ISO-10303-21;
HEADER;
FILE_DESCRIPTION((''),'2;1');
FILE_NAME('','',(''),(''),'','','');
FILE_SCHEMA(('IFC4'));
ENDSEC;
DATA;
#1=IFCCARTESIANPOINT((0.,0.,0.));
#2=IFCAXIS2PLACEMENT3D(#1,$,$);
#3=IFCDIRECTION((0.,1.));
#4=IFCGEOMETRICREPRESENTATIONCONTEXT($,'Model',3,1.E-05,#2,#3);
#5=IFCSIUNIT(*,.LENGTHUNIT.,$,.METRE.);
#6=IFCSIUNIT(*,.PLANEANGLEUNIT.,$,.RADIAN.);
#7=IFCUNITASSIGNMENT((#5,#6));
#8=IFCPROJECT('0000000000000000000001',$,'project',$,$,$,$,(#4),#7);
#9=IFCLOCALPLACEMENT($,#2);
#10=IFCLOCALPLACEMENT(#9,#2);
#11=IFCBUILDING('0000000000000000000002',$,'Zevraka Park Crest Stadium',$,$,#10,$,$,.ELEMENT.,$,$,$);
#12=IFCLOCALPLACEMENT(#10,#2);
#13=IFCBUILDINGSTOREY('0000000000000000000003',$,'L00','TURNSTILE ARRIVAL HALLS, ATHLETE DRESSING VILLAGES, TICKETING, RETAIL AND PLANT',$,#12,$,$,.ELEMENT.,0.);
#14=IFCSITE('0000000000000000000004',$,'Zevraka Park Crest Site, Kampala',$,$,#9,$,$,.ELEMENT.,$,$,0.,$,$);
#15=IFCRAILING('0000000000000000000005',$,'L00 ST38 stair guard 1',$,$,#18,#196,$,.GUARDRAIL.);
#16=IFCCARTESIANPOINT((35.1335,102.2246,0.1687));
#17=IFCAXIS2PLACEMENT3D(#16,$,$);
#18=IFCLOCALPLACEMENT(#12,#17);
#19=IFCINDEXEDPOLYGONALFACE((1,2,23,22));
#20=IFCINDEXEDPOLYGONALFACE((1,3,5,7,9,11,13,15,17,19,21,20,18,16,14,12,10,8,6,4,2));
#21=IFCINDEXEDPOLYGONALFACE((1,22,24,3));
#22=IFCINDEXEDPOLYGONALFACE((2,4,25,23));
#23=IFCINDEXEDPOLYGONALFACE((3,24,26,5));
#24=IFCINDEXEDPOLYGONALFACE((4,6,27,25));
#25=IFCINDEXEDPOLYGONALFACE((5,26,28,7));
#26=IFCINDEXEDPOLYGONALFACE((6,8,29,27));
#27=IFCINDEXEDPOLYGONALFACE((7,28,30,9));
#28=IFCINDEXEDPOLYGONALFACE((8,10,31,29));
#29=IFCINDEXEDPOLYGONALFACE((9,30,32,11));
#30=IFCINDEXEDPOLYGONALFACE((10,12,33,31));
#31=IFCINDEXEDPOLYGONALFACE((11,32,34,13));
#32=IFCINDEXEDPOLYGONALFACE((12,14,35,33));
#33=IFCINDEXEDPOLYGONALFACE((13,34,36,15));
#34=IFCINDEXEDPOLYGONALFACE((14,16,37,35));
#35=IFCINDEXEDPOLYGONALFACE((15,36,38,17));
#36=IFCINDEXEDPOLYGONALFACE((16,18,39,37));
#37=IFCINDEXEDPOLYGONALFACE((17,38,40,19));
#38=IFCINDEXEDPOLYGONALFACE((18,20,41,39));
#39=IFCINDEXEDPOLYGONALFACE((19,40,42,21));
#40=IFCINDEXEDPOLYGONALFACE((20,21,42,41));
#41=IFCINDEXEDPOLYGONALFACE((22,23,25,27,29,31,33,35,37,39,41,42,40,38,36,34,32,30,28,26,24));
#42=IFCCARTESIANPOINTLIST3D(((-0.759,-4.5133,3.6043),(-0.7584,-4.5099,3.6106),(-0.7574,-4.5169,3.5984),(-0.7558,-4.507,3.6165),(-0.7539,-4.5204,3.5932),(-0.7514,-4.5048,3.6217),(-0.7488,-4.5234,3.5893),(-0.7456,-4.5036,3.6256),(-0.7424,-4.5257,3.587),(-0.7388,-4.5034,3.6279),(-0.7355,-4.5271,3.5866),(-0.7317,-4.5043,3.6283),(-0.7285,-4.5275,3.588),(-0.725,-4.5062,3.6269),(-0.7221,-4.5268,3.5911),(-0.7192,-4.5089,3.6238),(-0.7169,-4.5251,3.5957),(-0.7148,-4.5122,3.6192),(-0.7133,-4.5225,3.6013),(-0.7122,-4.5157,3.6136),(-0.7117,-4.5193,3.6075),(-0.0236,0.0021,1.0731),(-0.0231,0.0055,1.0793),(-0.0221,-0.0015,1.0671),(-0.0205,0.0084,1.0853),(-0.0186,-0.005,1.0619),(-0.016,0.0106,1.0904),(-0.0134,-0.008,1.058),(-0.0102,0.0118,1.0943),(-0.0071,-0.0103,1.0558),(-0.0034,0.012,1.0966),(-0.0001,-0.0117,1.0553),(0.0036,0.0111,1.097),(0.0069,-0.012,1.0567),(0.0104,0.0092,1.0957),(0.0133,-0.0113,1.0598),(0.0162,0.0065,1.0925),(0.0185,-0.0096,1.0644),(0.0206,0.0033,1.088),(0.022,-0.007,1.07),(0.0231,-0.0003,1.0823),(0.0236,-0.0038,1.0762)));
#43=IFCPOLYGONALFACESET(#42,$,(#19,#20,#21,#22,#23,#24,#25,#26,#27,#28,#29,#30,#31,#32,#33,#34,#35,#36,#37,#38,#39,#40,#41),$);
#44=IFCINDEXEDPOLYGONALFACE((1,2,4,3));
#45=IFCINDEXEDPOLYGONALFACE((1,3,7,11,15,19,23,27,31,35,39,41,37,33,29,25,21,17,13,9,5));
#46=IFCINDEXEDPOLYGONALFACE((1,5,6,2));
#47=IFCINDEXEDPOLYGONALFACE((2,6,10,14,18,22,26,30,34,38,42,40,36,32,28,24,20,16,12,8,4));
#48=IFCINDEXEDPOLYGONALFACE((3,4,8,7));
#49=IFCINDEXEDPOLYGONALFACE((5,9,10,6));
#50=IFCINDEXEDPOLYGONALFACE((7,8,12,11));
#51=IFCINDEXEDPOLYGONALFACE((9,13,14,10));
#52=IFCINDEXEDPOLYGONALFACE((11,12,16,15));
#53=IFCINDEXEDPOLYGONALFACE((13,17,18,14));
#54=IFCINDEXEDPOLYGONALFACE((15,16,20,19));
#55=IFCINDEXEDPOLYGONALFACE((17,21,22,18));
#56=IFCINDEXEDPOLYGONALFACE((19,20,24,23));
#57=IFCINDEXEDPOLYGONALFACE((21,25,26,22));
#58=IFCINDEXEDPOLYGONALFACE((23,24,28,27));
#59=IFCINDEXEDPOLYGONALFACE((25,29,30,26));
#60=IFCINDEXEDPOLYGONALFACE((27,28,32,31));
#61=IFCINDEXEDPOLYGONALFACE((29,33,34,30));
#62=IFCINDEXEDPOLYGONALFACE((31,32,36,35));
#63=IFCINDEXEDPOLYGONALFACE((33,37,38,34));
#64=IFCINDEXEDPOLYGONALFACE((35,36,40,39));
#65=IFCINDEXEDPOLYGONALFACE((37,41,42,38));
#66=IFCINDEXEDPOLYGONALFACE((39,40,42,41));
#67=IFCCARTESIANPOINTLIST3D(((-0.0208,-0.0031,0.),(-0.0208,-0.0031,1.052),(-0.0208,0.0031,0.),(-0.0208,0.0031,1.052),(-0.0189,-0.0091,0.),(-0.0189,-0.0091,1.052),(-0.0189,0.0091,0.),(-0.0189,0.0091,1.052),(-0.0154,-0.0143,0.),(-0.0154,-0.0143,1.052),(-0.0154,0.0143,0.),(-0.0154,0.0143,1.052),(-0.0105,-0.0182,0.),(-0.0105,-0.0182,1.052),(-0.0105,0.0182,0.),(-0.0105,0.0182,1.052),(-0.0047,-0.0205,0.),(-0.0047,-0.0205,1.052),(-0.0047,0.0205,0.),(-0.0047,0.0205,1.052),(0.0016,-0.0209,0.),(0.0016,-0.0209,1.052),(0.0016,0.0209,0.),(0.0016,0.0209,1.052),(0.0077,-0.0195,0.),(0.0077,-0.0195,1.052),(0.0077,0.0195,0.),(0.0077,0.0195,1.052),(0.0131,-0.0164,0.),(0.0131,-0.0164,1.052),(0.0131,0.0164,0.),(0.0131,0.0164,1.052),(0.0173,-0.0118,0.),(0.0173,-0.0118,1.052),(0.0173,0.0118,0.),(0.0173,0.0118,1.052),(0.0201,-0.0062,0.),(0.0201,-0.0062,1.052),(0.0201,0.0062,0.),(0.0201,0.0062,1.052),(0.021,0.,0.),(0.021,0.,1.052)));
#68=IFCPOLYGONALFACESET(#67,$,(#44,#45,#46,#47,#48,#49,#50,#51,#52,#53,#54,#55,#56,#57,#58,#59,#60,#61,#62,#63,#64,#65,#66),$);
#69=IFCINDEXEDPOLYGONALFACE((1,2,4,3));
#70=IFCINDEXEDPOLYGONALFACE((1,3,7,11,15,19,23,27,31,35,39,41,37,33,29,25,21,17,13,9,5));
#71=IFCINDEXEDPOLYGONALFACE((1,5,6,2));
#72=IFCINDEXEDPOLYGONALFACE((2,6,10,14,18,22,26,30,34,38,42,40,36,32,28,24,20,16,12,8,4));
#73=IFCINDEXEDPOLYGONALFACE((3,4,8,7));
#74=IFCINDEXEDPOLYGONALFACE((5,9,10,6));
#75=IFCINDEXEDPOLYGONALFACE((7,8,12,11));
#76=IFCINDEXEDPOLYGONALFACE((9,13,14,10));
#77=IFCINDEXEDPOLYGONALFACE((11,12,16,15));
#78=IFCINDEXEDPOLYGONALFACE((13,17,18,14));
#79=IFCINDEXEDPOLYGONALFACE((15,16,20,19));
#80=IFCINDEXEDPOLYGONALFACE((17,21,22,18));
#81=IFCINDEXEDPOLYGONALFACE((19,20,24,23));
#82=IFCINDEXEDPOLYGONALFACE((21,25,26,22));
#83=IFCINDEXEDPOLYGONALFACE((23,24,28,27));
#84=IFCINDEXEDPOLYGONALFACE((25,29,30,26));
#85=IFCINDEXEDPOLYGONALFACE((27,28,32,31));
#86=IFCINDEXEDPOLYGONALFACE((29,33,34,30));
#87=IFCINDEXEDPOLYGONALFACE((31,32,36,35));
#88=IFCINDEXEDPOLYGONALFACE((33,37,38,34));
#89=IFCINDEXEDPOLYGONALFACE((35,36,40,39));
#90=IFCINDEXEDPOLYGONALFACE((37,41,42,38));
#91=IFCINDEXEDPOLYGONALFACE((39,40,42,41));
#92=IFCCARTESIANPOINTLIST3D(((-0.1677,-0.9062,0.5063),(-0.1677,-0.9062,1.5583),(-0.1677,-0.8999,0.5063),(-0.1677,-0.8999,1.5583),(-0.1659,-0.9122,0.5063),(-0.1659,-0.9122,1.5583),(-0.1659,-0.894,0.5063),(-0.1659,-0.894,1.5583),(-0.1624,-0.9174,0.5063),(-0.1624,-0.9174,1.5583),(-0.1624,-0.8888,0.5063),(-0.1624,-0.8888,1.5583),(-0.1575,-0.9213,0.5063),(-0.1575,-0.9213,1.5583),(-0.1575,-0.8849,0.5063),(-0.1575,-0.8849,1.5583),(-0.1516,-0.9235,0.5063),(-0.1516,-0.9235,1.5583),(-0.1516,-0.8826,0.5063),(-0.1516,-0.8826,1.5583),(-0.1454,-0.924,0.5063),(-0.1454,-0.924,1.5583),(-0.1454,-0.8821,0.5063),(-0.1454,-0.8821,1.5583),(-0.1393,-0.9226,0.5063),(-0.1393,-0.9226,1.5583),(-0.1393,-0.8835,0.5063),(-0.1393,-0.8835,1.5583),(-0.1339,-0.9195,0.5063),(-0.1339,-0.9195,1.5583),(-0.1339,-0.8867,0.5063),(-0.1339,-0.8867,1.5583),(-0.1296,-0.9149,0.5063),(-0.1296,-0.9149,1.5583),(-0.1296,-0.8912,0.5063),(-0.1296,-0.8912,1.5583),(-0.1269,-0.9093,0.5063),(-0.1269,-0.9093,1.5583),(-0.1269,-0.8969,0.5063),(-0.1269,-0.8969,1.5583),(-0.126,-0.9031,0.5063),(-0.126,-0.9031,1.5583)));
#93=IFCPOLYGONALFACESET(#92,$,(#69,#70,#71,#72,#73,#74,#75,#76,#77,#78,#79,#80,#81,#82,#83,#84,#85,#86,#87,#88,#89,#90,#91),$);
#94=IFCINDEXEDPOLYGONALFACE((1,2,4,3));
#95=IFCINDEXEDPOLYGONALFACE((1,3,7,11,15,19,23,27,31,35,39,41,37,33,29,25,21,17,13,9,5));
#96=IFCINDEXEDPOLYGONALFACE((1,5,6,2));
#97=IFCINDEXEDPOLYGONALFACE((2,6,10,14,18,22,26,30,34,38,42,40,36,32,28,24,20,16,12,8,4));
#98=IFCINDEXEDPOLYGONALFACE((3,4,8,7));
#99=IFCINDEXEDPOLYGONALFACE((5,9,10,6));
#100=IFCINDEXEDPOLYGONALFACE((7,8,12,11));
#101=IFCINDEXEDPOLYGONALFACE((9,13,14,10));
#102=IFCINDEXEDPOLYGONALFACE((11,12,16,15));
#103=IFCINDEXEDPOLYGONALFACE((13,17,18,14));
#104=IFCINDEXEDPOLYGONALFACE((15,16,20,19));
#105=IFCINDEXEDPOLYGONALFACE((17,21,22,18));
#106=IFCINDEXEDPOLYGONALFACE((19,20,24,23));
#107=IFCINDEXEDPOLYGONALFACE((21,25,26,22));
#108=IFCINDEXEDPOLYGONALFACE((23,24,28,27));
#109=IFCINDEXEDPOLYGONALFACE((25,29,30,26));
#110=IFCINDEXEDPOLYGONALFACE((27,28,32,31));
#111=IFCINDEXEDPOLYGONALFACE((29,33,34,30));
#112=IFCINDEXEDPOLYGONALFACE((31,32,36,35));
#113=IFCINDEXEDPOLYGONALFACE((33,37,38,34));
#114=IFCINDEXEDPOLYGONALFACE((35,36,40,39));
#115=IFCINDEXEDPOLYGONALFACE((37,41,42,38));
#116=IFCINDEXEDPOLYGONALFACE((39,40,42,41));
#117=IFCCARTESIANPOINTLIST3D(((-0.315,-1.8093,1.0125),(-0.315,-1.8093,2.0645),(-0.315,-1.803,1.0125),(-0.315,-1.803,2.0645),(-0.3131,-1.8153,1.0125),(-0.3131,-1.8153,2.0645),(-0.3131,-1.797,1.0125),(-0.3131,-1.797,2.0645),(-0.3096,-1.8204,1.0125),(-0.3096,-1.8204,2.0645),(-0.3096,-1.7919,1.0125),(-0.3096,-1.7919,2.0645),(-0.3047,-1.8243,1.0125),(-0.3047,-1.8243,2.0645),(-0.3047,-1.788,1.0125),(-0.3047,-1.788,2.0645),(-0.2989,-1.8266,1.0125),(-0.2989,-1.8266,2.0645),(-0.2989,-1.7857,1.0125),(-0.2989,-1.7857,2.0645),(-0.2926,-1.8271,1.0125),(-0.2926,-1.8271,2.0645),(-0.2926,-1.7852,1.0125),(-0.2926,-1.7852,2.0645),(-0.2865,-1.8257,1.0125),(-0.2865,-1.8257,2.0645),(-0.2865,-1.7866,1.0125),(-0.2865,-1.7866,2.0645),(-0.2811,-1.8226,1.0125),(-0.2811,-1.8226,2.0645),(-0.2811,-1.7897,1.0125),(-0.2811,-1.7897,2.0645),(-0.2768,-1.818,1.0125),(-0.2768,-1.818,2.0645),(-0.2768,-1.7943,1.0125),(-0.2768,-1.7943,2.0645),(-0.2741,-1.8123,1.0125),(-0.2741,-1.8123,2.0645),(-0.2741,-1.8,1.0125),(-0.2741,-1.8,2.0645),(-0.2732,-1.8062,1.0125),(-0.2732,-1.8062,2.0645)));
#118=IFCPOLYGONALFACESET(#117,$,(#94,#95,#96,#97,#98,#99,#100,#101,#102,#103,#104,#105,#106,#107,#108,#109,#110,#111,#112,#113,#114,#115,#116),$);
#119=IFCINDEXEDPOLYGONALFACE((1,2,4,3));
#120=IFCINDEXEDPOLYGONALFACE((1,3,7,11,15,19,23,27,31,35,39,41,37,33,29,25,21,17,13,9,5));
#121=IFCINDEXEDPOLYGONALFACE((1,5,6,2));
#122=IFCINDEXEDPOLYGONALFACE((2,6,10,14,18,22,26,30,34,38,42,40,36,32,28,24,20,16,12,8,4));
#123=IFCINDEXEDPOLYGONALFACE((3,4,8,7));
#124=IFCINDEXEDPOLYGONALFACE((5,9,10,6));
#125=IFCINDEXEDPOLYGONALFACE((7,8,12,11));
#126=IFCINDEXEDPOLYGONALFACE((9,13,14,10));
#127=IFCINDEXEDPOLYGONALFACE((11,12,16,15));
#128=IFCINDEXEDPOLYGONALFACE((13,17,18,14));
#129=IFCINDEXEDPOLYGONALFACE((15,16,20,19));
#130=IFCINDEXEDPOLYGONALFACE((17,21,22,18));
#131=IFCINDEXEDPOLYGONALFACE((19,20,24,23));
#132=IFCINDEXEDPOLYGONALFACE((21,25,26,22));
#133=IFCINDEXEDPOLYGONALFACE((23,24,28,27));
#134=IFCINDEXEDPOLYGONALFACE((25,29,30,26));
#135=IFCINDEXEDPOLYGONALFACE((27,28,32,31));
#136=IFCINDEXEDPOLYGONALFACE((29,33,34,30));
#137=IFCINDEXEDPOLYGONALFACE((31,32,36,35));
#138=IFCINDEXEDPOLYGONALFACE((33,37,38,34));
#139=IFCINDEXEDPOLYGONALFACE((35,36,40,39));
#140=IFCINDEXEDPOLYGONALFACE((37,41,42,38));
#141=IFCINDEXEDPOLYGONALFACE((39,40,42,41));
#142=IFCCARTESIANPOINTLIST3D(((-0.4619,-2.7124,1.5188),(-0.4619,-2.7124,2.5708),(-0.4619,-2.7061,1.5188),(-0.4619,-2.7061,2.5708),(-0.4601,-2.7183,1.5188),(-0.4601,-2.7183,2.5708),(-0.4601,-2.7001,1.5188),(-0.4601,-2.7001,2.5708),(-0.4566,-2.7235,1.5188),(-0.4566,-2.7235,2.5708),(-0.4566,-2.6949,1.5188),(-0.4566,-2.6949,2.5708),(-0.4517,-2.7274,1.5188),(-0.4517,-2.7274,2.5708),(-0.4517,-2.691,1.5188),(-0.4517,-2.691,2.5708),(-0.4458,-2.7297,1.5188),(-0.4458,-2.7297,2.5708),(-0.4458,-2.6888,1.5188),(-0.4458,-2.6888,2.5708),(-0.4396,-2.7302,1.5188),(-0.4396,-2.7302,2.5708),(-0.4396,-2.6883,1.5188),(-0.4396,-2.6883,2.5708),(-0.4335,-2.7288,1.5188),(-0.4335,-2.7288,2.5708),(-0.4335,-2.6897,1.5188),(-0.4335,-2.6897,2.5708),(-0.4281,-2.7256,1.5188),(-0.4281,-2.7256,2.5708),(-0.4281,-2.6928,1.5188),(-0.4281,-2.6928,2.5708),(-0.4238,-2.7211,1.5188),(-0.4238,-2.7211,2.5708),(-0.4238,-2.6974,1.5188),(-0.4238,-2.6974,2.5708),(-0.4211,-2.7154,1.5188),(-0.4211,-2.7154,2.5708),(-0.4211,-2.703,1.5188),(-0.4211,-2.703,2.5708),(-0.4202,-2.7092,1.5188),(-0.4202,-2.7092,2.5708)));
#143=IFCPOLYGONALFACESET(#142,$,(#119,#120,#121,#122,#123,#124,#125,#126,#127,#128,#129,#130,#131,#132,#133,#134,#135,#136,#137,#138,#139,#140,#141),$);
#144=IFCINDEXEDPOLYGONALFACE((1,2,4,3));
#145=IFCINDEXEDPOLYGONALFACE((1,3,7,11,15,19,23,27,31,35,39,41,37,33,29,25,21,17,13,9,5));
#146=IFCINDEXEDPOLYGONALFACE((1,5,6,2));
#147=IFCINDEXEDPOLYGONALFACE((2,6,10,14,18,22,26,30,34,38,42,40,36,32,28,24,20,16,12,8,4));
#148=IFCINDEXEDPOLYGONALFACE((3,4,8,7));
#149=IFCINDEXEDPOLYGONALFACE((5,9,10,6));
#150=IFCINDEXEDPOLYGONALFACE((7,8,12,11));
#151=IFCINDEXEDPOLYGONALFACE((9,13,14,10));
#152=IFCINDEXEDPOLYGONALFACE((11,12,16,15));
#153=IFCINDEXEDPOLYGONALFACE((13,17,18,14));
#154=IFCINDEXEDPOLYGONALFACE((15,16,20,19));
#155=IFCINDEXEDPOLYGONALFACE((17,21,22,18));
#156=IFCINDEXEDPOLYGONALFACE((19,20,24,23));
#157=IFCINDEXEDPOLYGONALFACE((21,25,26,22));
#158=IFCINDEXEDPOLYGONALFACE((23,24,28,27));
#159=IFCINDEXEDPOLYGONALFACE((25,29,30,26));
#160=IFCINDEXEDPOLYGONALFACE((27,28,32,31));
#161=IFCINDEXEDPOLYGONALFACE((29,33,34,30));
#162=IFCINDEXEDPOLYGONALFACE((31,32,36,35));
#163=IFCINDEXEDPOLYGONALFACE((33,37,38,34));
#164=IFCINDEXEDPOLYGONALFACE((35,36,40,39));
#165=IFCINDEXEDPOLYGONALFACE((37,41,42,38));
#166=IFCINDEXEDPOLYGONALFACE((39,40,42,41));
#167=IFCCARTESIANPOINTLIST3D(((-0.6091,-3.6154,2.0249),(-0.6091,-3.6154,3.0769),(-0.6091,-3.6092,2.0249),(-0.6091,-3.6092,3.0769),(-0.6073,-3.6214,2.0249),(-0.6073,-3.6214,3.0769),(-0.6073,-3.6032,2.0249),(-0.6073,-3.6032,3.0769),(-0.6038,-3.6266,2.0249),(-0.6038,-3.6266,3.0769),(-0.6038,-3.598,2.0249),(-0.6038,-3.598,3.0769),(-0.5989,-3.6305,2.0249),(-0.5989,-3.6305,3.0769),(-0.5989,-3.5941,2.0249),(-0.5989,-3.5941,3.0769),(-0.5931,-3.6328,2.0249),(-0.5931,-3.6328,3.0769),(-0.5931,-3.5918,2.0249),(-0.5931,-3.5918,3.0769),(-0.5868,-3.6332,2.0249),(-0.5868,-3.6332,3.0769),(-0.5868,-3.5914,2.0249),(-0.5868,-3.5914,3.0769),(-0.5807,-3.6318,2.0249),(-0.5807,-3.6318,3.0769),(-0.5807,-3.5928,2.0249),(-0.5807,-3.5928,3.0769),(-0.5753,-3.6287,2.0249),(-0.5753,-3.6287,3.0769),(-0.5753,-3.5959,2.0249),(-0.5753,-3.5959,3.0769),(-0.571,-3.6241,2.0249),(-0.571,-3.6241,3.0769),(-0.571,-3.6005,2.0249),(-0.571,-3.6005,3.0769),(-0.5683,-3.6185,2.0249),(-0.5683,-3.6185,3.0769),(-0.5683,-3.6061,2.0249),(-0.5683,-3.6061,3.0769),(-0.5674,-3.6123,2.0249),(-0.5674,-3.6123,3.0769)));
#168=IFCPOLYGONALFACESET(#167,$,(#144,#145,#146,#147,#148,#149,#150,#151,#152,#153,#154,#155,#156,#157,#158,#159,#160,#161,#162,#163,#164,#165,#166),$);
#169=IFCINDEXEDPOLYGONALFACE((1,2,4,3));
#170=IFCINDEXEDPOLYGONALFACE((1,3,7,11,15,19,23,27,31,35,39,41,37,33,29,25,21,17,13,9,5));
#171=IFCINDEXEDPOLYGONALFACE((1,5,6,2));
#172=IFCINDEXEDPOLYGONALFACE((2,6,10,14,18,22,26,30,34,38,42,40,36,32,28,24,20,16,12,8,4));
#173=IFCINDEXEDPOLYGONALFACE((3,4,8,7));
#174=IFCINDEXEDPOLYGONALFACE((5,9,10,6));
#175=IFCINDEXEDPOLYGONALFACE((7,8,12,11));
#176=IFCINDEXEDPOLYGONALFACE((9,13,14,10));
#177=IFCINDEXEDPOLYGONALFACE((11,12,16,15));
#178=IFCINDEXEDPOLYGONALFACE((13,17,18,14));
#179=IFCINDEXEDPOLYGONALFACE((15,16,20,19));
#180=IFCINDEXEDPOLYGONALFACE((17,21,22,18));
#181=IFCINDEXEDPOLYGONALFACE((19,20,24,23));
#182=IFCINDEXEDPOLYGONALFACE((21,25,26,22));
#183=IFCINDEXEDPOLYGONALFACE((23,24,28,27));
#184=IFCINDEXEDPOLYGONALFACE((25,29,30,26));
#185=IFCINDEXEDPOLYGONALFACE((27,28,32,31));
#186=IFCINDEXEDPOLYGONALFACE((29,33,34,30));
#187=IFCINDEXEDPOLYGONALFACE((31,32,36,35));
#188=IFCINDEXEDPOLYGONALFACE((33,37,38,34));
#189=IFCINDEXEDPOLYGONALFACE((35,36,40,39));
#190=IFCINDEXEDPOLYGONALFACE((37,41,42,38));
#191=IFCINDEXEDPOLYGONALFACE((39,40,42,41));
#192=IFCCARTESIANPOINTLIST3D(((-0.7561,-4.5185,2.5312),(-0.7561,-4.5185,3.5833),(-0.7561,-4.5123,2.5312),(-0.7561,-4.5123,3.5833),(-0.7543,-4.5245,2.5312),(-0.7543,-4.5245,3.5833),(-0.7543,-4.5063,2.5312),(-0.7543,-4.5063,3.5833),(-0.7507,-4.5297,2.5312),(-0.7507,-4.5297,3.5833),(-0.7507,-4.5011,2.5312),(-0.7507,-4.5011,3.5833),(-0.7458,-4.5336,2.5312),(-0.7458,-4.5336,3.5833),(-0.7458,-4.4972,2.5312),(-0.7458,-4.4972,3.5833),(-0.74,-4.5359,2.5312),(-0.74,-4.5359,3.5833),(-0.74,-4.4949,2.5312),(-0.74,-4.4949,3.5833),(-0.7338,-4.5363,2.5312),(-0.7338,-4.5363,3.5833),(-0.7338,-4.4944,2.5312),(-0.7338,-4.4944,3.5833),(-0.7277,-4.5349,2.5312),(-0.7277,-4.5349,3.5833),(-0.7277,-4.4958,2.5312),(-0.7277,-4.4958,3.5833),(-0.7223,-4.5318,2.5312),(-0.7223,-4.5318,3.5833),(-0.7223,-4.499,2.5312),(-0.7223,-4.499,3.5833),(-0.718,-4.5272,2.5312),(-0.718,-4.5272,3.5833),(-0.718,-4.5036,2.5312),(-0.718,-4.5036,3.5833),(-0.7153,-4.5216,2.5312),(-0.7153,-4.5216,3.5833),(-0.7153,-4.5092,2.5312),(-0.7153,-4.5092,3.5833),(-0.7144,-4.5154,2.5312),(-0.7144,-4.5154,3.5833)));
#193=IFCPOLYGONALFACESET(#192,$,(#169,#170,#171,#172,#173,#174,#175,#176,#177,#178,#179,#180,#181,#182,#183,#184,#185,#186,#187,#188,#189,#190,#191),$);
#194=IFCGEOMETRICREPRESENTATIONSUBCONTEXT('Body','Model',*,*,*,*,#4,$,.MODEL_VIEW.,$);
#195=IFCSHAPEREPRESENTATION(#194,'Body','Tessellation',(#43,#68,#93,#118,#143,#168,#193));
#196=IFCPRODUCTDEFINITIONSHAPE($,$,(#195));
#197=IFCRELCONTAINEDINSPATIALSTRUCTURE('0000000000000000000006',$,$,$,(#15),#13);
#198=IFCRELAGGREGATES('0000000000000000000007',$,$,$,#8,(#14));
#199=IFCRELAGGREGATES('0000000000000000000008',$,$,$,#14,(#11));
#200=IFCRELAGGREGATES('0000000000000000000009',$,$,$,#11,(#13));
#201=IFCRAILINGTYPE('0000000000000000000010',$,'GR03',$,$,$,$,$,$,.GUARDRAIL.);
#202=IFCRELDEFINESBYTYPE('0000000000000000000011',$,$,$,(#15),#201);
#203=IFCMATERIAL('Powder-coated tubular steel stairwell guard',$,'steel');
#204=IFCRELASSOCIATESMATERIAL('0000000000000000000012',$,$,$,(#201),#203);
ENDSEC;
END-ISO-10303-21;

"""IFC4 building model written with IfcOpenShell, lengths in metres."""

from ifc_helpers import new_model, si_unit, direction, frame, origin, origin_2d, place, context, subcontext, project, spatial, circle, extrude, material, type_object, element, save


model = new_model("IFC4")

# Units and contexts
model_context = context("Model", 3, precision=1e-05, world=origin(), true_north=direction((0.0, 1.0)))
body_context = subcontext(model_context, "Body", "Model", "MODEL_VIEW")
ifc_project = project(units=[si_unit("LENGTHUNIT", "METRE"), si_unit("PLANEANGLEUNIT", "RADIAN")], contexts=[model_context])

# Site, building, storey
site_placement = place(None, origin())
site = spatial("IfcSite", under=ifc_project, at=site_placement, Name="Zevraka Park Crest Site, Kampala", CompositionType="ELEMENT", RefElevation=0.0)
building_placement = place(site_placement, origin())
building = spatial("IfcBuilding", under=site, at=building_placement, Name="Zevraka Park Crest Stadium", CompositionType="ELEMENT")
storey_placement = place(building_placement, origin())
storey = spatial("IfcBuildingStorey", under=building, at=storey_placement, Name="L00", Description="TURNSTILE ARRIVAL HALLS, ATHLETE DRESSING VILLAGES, TICKETING, RETAIL AND PLANT", CompositionType="ELEMENT", Elevation=0.0)

# Railing
ifc_material_1 = material(Name="Powder-coated tubular steel stairwell guard", Category="steel")
railing_type_1 = type_object("IfcRailingType", Name="GR03", PredefinedType="GUARDRAIL", material=ifc_material_1)
railing_1_placement = place(storey_placement, frame((35.1335, 102.2246, 0.1687)))
element("IfcRailing", 1, at=railing_1_placement, inside=storey, type_object=railing_type_1, Name="L00 ST38 stair guard 1", PredefinedType="GUARDRAIL", context=body_context, shape_type="SweptSolid", body=[
    extrude(circle(Radius=0.0239, at=origin_2d()), frame((0.0, 0.0, 1.0762), z_axis=(-0.140644, -0.863618, 0.484131), x_axis=(0.986997, -0.160737, 0.0)), (0.0, 0.0, 1.0), 5.2285),
    extrude(circle(Radius=0.021, at=origin_2d()), origin(), (0.0, 0.0, 1.0), 1.052),
    extrude(circle(Radius=0.021, at=origin_2d()), frame((-0.147, -0.9031, 0.5063)), (0.0, 0.0, 1.0), 1.052),
    extrude(circle(Radius=0.021, at=origin_2d()), frame((-0.2942, -1.8062, 1.0125)), (0.0, 0.0, 1.0), 1.052),
    extrude(circle(Radius=0.021, at=origin_2d()), frame((-0.4412, -2.7092, 1.5188)), (0.0, 0.0, 1.0), 1.052),
    extrude(circle(Radius=0.021, at=origin_2d()), frame((-0.5884, -3.6123, 2.0249)), (0.0, 0.0, 1.0), 1.052),
    extrude(circle(Radius=0.021, at=origin_2d()), frame((-0.7354, -4.5154, 2.5312)), (0.0, 0.0, 1.0), 1.052),
])

save(model, "model.ifc")
